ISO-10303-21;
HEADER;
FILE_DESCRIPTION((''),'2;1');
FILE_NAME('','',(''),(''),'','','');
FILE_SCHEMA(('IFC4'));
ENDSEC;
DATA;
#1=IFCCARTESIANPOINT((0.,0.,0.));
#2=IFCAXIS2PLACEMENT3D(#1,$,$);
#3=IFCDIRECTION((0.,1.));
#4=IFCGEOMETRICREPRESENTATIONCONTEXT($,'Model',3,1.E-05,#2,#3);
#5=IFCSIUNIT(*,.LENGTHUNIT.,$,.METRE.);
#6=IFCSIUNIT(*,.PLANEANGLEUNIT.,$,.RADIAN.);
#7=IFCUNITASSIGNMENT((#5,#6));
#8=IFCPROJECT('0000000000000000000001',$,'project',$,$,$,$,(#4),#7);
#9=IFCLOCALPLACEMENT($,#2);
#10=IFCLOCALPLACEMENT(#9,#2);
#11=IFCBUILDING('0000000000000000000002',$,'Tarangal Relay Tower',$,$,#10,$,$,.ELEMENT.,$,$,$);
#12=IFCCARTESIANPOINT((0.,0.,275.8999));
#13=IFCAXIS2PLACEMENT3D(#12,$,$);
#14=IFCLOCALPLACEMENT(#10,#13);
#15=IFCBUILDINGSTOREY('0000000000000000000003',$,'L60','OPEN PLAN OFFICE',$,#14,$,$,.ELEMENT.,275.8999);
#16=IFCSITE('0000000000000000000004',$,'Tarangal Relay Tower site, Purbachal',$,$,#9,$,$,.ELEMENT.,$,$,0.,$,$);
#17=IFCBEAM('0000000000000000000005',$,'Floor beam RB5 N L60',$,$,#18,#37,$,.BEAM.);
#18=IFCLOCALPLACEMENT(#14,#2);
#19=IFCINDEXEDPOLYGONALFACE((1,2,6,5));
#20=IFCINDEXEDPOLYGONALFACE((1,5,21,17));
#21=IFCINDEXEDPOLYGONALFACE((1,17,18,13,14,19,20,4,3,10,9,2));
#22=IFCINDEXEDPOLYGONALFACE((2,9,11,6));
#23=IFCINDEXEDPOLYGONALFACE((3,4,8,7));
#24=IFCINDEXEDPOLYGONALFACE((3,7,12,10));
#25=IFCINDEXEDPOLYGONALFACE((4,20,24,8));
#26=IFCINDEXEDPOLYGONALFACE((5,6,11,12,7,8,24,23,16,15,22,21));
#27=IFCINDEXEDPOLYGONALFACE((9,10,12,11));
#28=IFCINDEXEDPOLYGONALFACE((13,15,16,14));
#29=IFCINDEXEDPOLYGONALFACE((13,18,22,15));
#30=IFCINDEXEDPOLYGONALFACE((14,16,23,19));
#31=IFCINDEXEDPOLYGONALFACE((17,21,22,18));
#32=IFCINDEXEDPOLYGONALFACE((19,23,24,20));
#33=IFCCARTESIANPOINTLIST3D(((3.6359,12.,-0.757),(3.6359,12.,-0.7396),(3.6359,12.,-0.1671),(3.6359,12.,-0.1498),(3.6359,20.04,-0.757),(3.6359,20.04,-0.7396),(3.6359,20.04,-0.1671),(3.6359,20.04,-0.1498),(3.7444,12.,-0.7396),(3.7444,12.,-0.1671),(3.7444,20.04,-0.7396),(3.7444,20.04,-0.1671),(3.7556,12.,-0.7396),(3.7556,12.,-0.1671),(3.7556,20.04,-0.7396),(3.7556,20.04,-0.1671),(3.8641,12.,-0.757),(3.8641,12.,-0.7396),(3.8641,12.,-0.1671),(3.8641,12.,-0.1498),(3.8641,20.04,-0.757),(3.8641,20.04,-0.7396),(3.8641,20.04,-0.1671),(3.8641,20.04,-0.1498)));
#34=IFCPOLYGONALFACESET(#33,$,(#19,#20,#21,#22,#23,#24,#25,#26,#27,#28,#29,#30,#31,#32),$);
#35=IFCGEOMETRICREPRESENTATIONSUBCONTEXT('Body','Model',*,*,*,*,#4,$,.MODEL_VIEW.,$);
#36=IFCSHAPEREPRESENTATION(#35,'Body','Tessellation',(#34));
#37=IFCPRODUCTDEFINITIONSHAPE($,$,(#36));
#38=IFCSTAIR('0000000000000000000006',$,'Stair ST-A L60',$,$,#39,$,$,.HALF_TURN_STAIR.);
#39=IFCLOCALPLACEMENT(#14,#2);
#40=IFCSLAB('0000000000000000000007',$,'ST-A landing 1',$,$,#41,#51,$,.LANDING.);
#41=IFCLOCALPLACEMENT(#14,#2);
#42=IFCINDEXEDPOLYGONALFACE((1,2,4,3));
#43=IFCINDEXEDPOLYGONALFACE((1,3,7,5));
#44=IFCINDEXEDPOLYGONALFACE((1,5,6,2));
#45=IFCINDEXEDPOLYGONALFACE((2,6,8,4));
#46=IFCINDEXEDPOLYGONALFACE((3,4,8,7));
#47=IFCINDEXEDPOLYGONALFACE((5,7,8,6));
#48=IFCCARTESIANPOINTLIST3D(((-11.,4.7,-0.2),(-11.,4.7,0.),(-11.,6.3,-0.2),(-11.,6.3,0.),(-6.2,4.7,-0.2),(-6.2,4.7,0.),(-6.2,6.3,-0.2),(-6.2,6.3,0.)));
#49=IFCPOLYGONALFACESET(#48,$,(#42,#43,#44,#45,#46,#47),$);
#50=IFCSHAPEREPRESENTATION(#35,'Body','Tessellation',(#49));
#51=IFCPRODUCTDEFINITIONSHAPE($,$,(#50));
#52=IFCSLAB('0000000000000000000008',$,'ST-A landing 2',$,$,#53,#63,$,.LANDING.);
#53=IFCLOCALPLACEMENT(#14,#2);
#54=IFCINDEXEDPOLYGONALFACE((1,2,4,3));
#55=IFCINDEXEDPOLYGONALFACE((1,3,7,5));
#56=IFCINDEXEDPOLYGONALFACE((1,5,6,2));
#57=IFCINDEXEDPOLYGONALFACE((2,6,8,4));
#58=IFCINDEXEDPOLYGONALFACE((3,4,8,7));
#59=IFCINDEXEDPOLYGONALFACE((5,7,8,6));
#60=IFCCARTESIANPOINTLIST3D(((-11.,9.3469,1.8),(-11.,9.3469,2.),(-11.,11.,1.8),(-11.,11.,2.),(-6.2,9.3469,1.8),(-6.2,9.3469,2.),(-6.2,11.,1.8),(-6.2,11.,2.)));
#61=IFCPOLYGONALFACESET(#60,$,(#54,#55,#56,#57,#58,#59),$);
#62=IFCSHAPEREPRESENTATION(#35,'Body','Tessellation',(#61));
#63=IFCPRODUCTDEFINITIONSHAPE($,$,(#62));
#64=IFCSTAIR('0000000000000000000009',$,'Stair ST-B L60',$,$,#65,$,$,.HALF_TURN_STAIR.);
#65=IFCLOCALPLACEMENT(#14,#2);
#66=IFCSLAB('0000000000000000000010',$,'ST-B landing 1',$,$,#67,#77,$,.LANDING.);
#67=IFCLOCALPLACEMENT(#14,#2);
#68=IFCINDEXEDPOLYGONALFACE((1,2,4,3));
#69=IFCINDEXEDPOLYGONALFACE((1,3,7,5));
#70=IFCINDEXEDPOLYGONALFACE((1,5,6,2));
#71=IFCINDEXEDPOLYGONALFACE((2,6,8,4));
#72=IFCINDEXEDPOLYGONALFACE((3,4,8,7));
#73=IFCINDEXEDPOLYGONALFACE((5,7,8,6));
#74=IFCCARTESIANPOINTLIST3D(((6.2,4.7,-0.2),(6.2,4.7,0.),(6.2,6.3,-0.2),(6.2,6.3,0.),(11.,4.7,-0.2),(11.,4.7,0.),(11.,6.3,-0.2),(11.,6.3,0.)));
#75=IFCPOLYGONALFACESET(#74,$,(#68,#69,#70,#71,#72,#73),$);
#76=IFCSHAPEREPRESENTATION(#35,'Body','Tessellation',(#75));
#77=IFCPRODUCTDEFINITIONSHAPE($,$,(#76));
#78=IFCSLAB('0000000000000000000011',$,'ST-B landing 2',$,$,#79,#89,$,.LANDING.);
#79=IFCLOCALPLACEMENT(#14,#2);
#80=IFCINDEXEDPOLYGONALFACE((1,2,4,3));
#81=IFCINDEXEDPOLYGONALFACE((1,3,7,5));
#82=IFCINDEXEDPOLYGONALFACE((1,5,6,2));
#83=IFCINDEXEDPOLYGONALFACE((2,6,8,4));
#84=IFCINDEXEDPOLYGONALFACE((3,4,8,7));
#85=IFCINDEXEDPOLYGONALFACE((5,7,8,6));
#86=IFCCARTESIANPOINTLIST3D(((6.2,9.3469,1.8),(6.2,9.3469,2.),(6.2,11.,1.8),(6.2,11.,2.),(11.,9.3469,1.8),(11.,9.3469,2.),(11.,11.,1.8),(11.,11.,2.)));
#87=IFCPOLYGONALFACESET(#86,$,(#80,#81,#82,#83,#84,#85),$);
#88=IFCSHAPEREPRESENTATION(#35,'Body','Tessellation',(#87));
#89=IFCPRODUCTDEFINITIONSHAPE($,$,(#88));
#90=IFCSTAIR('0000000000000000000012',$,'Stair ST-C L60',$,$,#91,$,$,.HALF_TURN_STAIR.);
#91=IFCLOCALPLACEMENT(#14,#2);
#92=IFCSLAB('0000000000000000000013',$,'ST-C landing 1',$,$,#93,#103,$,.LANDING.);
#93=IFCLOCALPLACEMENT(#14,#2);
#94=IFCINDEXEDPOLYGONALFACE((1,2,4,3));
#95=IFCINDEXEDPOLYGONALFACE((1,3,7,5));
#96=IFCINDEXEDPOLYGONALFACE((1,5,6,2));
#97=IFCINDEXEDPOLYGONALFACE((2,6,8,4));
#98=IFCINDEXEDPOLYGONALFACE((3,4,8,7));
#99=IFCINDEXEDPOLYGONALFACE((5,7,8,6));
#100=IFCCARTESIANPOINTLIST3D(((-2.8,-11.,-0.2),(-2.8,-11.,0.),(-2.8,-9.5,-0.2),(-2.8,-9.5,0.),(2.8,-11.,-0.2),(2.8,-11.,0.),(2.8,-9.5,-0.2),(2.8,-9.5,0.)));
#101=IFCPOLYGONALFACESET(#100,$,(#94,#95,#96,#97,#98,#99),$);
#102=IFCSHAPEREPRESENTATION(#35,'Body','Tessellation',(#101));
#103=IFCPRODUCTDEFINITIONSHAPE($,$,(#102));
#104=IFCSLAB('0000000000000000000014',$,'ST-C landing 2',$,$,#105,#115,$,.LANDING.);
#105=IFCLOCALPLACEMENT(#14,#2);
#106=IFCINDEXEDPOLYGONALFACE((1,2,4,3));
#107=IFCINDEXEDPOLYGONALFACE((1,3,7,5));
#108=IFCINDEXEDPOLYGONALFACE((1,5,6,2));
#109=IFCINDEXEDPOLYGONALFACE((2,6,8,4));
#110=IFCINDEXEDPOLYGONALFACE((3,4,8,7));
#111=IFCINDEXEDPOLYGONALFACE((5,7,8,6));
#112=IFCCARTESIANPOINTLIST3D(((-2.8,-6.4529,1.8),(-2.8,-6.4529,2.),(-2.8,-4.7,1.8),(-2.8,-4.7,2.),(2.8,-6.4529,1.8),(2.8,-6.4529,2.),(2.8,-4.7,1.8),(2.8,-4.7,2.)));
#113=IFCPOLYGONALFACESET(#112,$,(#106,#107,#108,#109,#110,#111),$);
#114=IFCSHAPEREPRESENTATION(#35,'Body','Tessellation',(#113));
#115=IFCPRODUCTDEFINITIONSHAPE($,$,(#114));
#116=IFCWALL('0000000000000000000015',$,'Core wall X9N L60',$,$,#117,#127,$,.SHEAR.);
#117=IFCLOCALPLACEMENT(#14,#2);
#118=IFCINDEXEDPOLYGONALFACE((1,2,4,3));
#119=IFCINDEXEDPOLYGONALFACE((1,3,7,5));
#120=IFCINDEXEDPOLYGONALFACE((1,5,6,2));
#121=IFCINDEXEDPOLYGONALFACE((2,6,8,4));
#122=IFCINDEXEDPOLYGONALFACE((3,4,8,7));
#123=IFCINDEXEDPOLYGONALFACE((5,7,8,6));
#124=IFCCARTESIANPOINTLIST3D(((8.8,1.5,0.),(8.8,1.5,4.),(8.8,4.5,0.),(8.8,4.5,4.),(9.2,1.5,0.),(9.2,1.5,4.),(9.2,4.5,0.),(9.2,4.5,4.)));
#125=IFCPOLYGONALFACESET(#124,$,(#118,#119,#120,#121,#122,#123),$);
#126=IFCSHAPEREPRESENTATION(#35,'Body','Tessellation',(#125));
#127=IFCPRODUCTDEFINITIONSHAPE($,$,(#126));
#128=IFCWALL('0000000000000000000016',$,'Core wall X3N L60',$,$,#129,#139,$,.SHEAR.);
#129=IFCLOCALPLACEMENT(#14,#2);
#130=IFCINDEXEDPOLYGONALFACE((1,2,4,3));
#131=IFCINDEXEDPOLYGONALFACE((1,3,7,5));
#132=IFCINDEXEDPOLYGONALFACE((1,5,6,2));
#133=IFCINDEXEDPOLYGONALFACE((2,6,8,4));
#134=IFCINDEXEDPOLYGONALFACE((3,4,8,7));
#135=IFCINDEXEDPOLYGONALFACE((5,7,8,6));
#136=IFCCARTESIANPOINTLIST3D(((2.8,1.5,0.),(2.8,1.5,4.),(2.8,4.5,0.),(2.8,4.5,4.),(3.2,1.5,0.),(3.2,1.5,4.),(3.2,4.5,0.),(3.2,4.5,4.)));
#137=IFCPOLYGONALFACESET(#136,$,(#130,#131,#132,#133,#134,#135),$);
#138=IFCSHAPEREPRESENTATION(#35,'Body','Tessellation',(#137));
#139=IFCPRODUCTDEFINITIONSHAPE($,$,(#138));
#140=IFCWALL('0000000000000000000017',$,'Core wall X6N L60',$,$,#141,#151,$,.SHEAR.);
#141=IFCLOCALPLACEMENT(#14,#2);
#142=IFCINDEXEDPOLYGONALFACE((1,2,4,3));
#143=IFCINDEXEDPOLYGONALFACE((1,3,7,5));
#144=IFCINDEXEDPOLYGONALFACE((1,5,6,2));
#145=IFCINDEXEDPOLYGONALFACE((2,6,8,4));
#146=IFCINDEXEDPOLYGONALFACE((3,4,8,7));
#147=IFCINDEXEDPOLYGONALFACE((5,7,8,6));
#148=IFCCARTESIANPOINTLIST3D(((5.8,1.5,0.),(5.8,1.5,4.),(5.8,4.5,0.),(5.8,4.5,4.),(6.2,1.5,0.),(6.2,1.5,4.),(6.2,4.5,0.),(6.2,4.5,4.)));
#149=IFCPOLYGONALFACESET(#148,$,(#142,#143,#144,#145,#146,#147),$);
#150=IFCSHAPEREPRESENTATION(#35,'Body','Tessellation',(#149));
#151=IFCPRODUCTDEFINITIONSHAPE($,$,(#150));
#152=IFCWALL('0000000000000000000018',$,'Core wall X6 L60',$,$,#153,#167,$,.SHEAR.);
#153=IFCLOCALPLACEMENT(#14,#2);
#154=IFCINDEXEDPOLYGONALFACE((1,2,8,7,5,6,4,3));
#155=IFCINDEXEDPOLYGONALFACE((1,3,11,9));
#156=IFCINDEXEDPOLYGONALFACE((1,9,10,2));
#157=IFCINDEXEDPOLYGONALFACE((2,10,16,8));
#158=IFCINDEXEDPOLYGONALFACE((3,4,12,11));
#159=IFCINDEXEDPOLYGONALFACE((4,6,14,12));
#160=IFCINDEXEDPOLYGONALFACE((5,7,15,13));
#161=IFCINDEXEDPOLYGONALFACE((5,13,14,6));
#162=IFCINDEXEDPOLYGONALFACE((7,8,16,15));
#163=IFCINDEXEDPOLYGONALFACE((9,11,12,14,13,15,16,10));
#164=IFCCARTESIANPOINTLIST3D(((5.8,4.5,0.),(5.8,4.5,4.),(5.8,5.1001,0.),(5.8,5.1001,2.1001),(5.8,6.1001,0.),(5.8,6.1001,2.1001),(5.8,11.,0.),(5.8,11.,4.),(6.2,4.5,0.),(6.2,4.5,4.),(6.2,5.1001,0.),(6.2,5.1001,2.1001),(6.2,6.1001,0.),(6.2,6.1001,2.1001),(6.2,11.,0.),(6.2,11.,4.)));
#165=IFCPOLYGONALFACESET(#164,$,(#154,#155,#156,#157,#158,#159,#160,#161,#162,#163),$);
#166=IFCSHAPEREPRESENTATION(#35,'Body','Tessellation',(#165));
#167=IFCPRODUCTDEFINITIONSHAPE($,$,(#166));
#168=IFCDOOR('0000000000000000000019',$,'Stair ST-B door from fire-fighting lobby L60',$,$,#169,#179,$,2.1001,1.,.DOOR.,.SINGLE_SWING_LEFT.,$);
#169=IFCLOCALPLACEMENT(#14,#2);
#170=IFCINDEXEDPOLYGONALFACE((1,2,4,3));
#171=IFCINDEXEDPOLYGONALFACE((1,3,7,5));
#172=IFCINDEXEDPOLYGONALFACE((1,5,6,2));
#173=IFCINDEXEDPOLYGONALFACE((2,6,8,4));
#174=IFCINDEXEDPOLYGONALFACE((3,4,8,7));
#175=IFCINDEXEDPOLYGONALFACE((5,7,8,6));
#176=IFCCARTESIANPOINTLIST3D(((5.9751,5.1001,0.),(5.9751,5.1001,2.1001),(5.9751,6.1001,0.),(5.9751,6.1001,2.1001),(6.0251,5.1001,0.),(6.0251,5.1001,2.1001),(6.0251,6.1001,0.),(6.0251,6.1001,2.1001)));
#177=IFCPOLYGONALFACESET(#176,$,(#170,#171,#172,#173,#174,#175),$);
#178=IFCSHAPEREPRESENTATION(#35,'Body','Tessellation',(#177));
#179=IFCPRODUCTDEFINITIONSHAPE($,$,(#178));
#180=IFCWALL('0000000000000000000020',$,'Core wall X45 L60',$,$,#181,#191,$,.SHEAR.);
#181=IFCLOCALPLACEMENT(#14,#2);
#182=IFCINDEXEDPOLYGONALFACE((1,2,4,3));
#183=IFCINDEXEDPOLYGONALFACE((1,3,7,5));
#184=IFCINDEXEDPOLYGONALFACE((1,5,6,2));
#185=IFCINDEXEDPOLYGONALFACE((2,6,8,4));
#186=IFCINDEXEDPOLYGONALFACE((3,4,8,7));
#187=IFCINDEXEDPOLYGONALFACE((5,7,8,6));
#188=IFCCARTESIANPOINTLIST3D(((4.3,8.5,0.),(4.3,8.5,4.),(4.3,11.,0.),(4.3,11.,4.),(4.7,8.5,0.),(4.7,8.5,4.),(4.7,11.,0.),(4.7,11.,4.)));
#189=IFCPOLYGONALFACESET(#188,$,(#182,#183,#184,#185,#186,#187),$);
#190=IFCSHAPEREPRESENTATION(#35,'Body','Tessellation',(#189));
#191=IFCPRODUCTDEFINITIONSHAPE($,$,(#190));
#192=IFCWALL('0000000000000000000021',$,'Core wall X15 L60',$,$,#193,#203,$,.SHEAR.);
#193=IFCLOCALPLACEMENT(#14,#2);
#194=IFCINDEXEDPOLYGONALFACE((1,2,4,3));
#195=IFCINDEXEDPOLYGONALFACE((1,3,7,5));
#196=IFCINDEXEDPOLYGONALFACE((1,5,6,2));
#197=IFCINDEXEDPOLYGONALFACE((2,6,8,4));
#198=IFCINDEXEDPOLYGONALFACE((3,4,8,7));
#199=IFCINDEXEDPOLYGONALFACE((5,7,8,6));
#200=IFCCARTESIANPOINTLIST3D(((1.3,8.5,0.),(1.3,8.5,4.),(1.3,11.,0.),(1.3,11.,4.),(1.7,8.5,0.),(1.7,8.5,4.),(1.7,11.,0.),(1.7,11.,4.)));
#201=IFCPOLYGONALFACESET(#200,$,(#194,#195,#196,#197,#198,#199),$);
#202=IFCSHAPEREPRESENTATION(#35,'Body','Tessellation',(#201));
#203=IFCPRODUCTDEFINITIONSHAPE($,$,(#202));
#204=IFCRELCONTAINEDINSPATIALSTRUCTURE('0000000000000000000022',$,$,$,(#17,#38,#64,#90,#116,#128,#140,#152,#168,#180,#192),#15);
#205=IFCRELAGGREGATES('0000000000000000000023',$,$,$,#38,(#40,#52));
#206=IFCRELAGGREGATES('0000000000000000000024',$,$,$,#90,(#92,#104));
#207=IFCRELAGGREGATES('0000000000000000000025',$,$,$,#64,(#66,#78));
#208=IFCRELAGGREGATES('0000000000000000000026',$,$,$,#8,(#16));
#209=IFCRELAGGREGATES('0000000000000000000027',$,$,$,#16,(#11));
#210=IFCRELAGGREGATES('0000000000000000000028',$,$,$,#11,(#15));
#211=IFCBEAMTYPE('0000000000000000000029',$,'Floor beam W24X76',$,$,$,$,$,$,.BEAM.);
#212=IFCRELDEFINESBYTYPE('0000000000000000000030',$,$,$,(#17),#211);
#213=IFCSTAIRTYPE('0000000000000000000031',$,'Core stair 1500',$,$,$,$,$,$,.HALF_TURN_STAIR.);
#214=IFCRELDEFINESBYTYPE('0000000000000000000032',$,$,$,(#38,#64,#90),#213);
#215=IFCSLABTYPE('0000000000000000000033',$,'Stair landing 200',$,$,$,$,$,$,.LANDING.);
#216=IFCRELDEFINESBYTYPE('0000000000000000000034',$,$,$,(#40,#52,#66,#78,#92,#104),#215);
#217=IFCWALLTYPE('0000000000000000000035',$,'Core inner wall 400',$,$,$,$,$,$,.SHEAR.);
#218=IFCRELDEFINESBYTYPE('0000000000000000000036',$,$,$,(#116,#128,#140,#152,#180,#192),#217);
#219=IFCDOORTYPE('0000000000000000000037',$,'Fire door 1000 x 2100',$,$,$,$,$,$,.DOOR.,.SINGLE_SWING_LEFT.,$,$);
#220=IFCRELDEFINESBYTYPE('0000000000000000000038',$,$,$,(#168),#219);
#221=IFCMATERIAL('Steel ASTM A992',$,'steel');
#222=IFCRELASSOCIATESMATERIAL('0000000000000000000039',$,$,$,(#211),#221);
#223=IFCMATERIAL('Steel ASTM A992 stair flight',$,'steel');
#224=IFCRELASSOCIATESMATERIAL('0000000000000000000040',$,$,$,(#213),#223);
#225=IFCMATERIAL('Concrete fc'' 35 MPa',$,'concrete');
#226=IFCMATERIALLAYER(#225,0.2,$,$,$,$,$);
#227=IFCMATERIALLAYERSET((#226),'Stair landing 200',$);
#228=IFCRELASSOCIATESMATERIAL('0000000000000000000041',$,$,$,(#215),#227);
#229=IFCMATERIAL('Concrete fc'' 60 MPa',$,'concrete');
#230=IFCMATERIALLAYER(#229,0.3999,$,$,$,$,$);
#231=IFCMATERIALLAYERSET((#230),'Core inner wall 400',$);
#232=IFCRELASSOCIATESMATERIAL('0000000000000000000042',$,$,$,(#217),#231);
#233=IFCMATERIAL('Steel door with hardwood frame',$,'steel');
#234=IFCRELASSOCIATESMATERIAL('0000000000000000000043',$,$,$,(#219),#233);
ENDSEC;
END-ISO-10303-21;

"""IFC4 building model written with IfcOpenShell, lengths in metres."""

from ifc_helpers import new_model, si_unit, direction, frame, frame_2d, origin, origin_2d, place, context, subcontext, project, spatial, polyline, rectangle, i_section, outline, extrude, material, layer, layer_set, material_profile, profile_set, type_object, element, fill, aggregate, save


model = new_model("IFC4")

# Units and contexts
model_context = context("Model", 3, precision=1e-05, world=origin(), true_north=direction((0.0, 1.0)))
body_context = subcontext(model_context, "Body", "Model", "MODEL_VIEW")
ifc_project = project(units=[si_unit("LENGTHUNIT", "METRE"), si_unit("PLANEANGLEUNIT", "RADIAN")], contexts=[model_context])

# Site, building, storey
site_placement = place(None, origin())
site = spatial("IfcSite", under=ifc_project, at=site_placement, Name="Tarangal Relay Tower site, Purbachal", CompositionType="ELEMENT", RefElevation=0.0)
building_placement = place(site_placement, origin())
building = spatial("IfcBuilding", under=site, at=building_placement, Name="Tarangal Relay Tower", CompositionType="ELEMENT")
storey_placement = place(building_placement, frame((0.0, 0.0, 275.8999)))
storey = spatial("IfcBuildingStorey", under=building, at=storey_placement, Name="L60", Description="OPEN PLAN OFFICE", CompositionType="ELEMENT", Elevation=275.8999)

# Beam
ifc_material_1 = material(Name="Steel ASTM A992", Category="steel")
ifc_material_profile = material_profile(ifc_material_1, i_section(OverallWidth=0.2283, OverallDepth=0.6072, WebThickness=0.0112, FlangeThickness=0.0173, at=origin_2d()), Name="W24X76")
ifc_profile_set = profile_set([ifc_material_profile], Name="Steel ASTM A992")
beam_type = type_object("IfcBeamType", Name="Floor beam W24X76", PredefinedType="BEAM", material=ifc_profile_set)
beam_placement = place(storey_placement, frame((3.75, 12.0, -0.4534), z_axis=(0.0, 1.0, 0.0), x_axis=(-1.0, 0.0, 0.0)))
element("IfcBeam", 1, at=beam_placement, inside=storey, type_object=beam_type, Name="Floor beam RB5 N L60", PredefinedType="BEAM", context=body_context, shape_type="SweptSolid", body=[
    extrude(i_section(OverallWidth=0.2283, OverallDepth=0.6072, WebThickness=0.0112, FlangeThickness=0.0173, at=origin_2d()), origin(), (0.0, 0.0, 1.0), 8.04),
])

# Stairs, slabs
ifc_material_2 = material(Name="Steel ASTM A992 stair flight", Category="steel")
stair_type = type_object("IfcStairType", Name="Core stair 1500", PredefinedType="HALF_TURN_STAIR", material=ifc_material_2)
stair_1_placement = place(storey_placement, origin())
stair_1 = element("IfcStair", 2, at=stair_1_placement, inside=storey, type_object=stair_type, Name="Stair ST-A L60", PredefinedType="HALF_TURN_STAIR")
ifc_material_3 = material(Name="Concrete fc' 35 MPa", Category="concrete")
ifc_layer_1 = layer(ifc_material_3, 0.2)
ifc_layer_set_1 = layer_set([ifc_layer_1], Name="Stair landing 200")
slab_type = type_object("IfcSlabType", Name="Stair landing 200", PredefinedType="LANDING", material=ifc_layer_set_1)
slab_1_placement = place(storey_placement, frame((0.0, 0.0, -0.2)))
slab_1 = element("IfcSlab", 3, at=slab_1_placement, type_object=slab_type, Name="ST-A landing 1", PredefinedType="LANDING", context=body_context, shape_type="SweptSolid", body=[
    extrude(outline(polyline([(-11.0, 4.7), (-6.2, 4.7), (-6.2, 6.3), (-11.0, 6.3), (-11.0, 4.7)])), origin(), (0.0, 0.0, 1.0), 0.2),
])
slab_2_placement = place(storey_placement, frame((0.0, 0.0, 1.8)))
slab_2 = element("IfcSlab", 4, at=slab_2_placement, type_object=slab_type, Name="ST-A landing 2", PredefinedType="LANDING", context=body_context, shape_type="SweptSolid", body=[
    extrude(outline(polyline([(-11.0, 9.3469), (-6.2, 9.3469), (-6.2, 11.0), (-11.0, 11.0), (-11.0, 9.3469)])), origin(), (0.0, 0.0, 1.0), 0.2),
])
aggregate(stair_1, [slab_1, slab_2])
stair_2_placement = place(storey_placement, origin())
stair_2 = element("IfcStair", 5, at=stair_2_placement, inside=storey, type_object=stair_type, Name="Stair ST-B L60", PredefinedType="HALF_TURN_STAIR")
slab_3_placement = place(storey_placement, frame((0.0, 0.0, -0.2)))
slab_3 = element("IfcSlab", 6, at=slab_3_placement, type_object=slab_type, Name="ST-B landing 1", PredefinedType="LANDING", context=body_context, shape_type="SweptSolid", body=[
    extrude(outline(polyline([(6.2, 4.7), (11.0, 4.7), (11.0, 6.3), (6.2, 6.3), (6.2, 4.7)])), origin(), (0.0, 0.0, 1.0), 0.2),
])
slab_4_placement = place(storey_placement, frame((0.0, 0.0, 1.8)))
slab_4 = element("IfcSlab", 7, at=slab_4_placement, type_object=slab_type, Name="ST-B landing 2", PredefinedType="LANDING", context=body_context, shape_type="SweptSolid", body=[
    extrude(outline(polyline([(6.2, 9.3469), (11.0, 9.3469), (11.0, 11.0), (6.2, 11.0), (6.2, 9.3469)])), origin(), (0.0, 0.0, 1.0), 0.2),
])
stair_3_placement = place(storey_placement, origin())
stair_3 = element("IfcStair", 8, at=stair_3_placement, inside=storey, type_object=stair_type, Name="Stair ST-C L60", PredefinedType="HALF_TURN_STAIR")
slab_5_placement = place(storey_placement, frame((0.0, 0.0, -0.2)))
slab_5 = element("IfcSlab", 9, at=slab_5_placement, type_object=slab_type, Name="ST-C landing 1", PredefinedType="LANDING", context=body_context, shape_type="SweptSolid", body=[
    extrude(outline(polyline([(-2.8, -11.0), (2.8, -11.0), (2.8, -9.5), (-2.8, -9.5), (-2.8, -11.0)])), origin(), (0.0, 0.0, 1.0), 0.2),
])
slab_6_placement = place(storey_placement, frame((0.0, 0.0, 1.8)))
slab_6 = element("IfcSlab", 10, at=slab_6_placement, type_object=slab_type, Name="ST-C landing 2", PredefinedType="LANDING", context=body_context, shape_type="SweptSolid", body=[
    extrude(outline(polyline([(-2.8, -6.4529), (2.8, -6.4529), (2.8, -4.7), (-2.8, -4.7), (-2.8, -6.4529)])), origin(), (0.0, 0.0, 1.0), 0.2),
])
aggregate(stair_3, [slab_5, slab_6])

# Walls
ifc_material_4 = material(Name="Concrete fc' 60 MPa", Category="concrete")
ifc_layer_2 = layer(ifc_material_4, 0.3999)
ifc_layer_set_2 = layer_set([ifc_layer_2], Name="Core inner wall 400")
wall_type = type_object("IfcWallType", Name="Core inner wall 400", PredefinedType="SHEAR", material=ifc_layer_set_2)
for number, where, z_axis, x_axis, name in (
    (11, (9.0, 1.5, 0.0), (0.0, 0.0, 1.0), (0.0, 1.0, 0.0), "Core wall X9N L60"),
    (12, (3.0, 1.5, 0.0), (0.0, 0.0, 1.0), (0.0, 1.0, 0.0), "Core wall X3N L60"),
    (13, (6.0, 1.5, 0.0), (0.0, 0.0, 1.0), (0.0, 1.0, 0.0), "Core wall X6N L60"),
):
    element("IfcWall", number, at=place(storey_placement, frame(where, z_axis=z_axis, x_axis=x_axis)), inside=storey, type_object=wall_type, Name=name, PredefinedType="SHEAR", context=body_context, shape_type="SweptSolid", body=[
        extrude(rectangle(XDim=3.0, YDim=0.3999, at=frame_2d((1.5, 0.0))), origin(), (0.0, 0.0, 1.0), 4.0),
    ])

# Wall, opening, door
wall_placement = place(storey_placement, frame((6.0, 4.5, 0.0), z_axis=(0.0, 0.0, 1.0), x_axis=(0.0, 1.0, 0.0)))
wall = element("IfcWall", 14, at=wall_placement, inside=storey, type_object=wall_type, Name="Core wall X6 L60", PredefinedType="SHEAR", context=body_context, shape_type="SweptSolid", body=[
    extrude(rectangle(XDim=6.5, YDim=0.3999, at=frame_2d((3.25, 0.0))), origin(), (0.0, 0.0, 1.0), 4.0),
])
opening_placement = place(wall_placement, frame((0.6001, 0.0, 0.0)))
opening = element("IfcOpeningElement", 15, at=opening_placement, cuts=wall, PredefinedType="OPENING", context=body_context, shape_type="SweptSolid", body=[
    extrude(rectangle(XDim=1.0, YDim=2.1001, at=frame_2d((0.5, 1.05))), frame((0.0, 0.21, 0.0), z_axis=(0.0, -1.0, 0.0), x_axis=(1.0, 0.0, 0.0)), (0.0, 0.0, 1.0), 0.4199),
])
ifc_material_5 = material(Name="Steel door with hardwood frame", Category="steel")
door_type = type_object("IfcDoorType", Name="Fire door 1000 x 2100", OperationType="SINGLE_SWING_LEFT", PredefinedType="DOOR", material=ifc_material_5)
door_placement = place(opening_placement, origin())
door = element("IfcDoor", 16, at=door_placement, inside=storey, type_object=door_type, Name="Stair ST-B door from fire-fighting lobby L60", OperationType="SINGLE_SWING_LEFT", OverallHeight=2.1001, OverallWidth=1.0, PredefinedType="DOOR", context=body_context, shape_type="SweptSolid", body=[
    extrude(rectangle(XDim=1.0, YDim=2.1001, at=frame_2d((0.5, 1.05))), frame((0.0, 0.0249, 0.0), z_axis=(0.0, -1.0, 0.0), x_axis=(1.0, 0.0, 0.0)), (0.0, 0.0, 1.0), 0.05),
])
fill(opening, door)

# Walls
for number, where, z_axis, x_axis, name in (
    (17, (4.5, 8.5, 0.0), (0.0, 0.0, 1.0), (0.0, 1.0, 0.0), "Core wall X45 L60"),
    (18, (1.5, 8.5, 0.0), (0.0, 0.0, 1.0), (0.0, 1.0, 0.0), "Core wall X15 L60"),
):
    element("IfcWall", number, at=place(storey_placement, frame(where, z_axis=z_axis, x_axis=x_axis)), inside=storey, type_object=wall_type, Name=name, PredefinedType="SHEAR", context=body_context, shape_type="SweptSolid", body=[
        extrude(rectangle(XDim=2.5, YDim=0.3999, at=frame_2d((1.25, 0.0))), origin(), (0.0, 0.0, 1.0), 4.0),
    ])

aggregate(stair_2, [slab_3, slab_4])

save(model, "model.ifc")
